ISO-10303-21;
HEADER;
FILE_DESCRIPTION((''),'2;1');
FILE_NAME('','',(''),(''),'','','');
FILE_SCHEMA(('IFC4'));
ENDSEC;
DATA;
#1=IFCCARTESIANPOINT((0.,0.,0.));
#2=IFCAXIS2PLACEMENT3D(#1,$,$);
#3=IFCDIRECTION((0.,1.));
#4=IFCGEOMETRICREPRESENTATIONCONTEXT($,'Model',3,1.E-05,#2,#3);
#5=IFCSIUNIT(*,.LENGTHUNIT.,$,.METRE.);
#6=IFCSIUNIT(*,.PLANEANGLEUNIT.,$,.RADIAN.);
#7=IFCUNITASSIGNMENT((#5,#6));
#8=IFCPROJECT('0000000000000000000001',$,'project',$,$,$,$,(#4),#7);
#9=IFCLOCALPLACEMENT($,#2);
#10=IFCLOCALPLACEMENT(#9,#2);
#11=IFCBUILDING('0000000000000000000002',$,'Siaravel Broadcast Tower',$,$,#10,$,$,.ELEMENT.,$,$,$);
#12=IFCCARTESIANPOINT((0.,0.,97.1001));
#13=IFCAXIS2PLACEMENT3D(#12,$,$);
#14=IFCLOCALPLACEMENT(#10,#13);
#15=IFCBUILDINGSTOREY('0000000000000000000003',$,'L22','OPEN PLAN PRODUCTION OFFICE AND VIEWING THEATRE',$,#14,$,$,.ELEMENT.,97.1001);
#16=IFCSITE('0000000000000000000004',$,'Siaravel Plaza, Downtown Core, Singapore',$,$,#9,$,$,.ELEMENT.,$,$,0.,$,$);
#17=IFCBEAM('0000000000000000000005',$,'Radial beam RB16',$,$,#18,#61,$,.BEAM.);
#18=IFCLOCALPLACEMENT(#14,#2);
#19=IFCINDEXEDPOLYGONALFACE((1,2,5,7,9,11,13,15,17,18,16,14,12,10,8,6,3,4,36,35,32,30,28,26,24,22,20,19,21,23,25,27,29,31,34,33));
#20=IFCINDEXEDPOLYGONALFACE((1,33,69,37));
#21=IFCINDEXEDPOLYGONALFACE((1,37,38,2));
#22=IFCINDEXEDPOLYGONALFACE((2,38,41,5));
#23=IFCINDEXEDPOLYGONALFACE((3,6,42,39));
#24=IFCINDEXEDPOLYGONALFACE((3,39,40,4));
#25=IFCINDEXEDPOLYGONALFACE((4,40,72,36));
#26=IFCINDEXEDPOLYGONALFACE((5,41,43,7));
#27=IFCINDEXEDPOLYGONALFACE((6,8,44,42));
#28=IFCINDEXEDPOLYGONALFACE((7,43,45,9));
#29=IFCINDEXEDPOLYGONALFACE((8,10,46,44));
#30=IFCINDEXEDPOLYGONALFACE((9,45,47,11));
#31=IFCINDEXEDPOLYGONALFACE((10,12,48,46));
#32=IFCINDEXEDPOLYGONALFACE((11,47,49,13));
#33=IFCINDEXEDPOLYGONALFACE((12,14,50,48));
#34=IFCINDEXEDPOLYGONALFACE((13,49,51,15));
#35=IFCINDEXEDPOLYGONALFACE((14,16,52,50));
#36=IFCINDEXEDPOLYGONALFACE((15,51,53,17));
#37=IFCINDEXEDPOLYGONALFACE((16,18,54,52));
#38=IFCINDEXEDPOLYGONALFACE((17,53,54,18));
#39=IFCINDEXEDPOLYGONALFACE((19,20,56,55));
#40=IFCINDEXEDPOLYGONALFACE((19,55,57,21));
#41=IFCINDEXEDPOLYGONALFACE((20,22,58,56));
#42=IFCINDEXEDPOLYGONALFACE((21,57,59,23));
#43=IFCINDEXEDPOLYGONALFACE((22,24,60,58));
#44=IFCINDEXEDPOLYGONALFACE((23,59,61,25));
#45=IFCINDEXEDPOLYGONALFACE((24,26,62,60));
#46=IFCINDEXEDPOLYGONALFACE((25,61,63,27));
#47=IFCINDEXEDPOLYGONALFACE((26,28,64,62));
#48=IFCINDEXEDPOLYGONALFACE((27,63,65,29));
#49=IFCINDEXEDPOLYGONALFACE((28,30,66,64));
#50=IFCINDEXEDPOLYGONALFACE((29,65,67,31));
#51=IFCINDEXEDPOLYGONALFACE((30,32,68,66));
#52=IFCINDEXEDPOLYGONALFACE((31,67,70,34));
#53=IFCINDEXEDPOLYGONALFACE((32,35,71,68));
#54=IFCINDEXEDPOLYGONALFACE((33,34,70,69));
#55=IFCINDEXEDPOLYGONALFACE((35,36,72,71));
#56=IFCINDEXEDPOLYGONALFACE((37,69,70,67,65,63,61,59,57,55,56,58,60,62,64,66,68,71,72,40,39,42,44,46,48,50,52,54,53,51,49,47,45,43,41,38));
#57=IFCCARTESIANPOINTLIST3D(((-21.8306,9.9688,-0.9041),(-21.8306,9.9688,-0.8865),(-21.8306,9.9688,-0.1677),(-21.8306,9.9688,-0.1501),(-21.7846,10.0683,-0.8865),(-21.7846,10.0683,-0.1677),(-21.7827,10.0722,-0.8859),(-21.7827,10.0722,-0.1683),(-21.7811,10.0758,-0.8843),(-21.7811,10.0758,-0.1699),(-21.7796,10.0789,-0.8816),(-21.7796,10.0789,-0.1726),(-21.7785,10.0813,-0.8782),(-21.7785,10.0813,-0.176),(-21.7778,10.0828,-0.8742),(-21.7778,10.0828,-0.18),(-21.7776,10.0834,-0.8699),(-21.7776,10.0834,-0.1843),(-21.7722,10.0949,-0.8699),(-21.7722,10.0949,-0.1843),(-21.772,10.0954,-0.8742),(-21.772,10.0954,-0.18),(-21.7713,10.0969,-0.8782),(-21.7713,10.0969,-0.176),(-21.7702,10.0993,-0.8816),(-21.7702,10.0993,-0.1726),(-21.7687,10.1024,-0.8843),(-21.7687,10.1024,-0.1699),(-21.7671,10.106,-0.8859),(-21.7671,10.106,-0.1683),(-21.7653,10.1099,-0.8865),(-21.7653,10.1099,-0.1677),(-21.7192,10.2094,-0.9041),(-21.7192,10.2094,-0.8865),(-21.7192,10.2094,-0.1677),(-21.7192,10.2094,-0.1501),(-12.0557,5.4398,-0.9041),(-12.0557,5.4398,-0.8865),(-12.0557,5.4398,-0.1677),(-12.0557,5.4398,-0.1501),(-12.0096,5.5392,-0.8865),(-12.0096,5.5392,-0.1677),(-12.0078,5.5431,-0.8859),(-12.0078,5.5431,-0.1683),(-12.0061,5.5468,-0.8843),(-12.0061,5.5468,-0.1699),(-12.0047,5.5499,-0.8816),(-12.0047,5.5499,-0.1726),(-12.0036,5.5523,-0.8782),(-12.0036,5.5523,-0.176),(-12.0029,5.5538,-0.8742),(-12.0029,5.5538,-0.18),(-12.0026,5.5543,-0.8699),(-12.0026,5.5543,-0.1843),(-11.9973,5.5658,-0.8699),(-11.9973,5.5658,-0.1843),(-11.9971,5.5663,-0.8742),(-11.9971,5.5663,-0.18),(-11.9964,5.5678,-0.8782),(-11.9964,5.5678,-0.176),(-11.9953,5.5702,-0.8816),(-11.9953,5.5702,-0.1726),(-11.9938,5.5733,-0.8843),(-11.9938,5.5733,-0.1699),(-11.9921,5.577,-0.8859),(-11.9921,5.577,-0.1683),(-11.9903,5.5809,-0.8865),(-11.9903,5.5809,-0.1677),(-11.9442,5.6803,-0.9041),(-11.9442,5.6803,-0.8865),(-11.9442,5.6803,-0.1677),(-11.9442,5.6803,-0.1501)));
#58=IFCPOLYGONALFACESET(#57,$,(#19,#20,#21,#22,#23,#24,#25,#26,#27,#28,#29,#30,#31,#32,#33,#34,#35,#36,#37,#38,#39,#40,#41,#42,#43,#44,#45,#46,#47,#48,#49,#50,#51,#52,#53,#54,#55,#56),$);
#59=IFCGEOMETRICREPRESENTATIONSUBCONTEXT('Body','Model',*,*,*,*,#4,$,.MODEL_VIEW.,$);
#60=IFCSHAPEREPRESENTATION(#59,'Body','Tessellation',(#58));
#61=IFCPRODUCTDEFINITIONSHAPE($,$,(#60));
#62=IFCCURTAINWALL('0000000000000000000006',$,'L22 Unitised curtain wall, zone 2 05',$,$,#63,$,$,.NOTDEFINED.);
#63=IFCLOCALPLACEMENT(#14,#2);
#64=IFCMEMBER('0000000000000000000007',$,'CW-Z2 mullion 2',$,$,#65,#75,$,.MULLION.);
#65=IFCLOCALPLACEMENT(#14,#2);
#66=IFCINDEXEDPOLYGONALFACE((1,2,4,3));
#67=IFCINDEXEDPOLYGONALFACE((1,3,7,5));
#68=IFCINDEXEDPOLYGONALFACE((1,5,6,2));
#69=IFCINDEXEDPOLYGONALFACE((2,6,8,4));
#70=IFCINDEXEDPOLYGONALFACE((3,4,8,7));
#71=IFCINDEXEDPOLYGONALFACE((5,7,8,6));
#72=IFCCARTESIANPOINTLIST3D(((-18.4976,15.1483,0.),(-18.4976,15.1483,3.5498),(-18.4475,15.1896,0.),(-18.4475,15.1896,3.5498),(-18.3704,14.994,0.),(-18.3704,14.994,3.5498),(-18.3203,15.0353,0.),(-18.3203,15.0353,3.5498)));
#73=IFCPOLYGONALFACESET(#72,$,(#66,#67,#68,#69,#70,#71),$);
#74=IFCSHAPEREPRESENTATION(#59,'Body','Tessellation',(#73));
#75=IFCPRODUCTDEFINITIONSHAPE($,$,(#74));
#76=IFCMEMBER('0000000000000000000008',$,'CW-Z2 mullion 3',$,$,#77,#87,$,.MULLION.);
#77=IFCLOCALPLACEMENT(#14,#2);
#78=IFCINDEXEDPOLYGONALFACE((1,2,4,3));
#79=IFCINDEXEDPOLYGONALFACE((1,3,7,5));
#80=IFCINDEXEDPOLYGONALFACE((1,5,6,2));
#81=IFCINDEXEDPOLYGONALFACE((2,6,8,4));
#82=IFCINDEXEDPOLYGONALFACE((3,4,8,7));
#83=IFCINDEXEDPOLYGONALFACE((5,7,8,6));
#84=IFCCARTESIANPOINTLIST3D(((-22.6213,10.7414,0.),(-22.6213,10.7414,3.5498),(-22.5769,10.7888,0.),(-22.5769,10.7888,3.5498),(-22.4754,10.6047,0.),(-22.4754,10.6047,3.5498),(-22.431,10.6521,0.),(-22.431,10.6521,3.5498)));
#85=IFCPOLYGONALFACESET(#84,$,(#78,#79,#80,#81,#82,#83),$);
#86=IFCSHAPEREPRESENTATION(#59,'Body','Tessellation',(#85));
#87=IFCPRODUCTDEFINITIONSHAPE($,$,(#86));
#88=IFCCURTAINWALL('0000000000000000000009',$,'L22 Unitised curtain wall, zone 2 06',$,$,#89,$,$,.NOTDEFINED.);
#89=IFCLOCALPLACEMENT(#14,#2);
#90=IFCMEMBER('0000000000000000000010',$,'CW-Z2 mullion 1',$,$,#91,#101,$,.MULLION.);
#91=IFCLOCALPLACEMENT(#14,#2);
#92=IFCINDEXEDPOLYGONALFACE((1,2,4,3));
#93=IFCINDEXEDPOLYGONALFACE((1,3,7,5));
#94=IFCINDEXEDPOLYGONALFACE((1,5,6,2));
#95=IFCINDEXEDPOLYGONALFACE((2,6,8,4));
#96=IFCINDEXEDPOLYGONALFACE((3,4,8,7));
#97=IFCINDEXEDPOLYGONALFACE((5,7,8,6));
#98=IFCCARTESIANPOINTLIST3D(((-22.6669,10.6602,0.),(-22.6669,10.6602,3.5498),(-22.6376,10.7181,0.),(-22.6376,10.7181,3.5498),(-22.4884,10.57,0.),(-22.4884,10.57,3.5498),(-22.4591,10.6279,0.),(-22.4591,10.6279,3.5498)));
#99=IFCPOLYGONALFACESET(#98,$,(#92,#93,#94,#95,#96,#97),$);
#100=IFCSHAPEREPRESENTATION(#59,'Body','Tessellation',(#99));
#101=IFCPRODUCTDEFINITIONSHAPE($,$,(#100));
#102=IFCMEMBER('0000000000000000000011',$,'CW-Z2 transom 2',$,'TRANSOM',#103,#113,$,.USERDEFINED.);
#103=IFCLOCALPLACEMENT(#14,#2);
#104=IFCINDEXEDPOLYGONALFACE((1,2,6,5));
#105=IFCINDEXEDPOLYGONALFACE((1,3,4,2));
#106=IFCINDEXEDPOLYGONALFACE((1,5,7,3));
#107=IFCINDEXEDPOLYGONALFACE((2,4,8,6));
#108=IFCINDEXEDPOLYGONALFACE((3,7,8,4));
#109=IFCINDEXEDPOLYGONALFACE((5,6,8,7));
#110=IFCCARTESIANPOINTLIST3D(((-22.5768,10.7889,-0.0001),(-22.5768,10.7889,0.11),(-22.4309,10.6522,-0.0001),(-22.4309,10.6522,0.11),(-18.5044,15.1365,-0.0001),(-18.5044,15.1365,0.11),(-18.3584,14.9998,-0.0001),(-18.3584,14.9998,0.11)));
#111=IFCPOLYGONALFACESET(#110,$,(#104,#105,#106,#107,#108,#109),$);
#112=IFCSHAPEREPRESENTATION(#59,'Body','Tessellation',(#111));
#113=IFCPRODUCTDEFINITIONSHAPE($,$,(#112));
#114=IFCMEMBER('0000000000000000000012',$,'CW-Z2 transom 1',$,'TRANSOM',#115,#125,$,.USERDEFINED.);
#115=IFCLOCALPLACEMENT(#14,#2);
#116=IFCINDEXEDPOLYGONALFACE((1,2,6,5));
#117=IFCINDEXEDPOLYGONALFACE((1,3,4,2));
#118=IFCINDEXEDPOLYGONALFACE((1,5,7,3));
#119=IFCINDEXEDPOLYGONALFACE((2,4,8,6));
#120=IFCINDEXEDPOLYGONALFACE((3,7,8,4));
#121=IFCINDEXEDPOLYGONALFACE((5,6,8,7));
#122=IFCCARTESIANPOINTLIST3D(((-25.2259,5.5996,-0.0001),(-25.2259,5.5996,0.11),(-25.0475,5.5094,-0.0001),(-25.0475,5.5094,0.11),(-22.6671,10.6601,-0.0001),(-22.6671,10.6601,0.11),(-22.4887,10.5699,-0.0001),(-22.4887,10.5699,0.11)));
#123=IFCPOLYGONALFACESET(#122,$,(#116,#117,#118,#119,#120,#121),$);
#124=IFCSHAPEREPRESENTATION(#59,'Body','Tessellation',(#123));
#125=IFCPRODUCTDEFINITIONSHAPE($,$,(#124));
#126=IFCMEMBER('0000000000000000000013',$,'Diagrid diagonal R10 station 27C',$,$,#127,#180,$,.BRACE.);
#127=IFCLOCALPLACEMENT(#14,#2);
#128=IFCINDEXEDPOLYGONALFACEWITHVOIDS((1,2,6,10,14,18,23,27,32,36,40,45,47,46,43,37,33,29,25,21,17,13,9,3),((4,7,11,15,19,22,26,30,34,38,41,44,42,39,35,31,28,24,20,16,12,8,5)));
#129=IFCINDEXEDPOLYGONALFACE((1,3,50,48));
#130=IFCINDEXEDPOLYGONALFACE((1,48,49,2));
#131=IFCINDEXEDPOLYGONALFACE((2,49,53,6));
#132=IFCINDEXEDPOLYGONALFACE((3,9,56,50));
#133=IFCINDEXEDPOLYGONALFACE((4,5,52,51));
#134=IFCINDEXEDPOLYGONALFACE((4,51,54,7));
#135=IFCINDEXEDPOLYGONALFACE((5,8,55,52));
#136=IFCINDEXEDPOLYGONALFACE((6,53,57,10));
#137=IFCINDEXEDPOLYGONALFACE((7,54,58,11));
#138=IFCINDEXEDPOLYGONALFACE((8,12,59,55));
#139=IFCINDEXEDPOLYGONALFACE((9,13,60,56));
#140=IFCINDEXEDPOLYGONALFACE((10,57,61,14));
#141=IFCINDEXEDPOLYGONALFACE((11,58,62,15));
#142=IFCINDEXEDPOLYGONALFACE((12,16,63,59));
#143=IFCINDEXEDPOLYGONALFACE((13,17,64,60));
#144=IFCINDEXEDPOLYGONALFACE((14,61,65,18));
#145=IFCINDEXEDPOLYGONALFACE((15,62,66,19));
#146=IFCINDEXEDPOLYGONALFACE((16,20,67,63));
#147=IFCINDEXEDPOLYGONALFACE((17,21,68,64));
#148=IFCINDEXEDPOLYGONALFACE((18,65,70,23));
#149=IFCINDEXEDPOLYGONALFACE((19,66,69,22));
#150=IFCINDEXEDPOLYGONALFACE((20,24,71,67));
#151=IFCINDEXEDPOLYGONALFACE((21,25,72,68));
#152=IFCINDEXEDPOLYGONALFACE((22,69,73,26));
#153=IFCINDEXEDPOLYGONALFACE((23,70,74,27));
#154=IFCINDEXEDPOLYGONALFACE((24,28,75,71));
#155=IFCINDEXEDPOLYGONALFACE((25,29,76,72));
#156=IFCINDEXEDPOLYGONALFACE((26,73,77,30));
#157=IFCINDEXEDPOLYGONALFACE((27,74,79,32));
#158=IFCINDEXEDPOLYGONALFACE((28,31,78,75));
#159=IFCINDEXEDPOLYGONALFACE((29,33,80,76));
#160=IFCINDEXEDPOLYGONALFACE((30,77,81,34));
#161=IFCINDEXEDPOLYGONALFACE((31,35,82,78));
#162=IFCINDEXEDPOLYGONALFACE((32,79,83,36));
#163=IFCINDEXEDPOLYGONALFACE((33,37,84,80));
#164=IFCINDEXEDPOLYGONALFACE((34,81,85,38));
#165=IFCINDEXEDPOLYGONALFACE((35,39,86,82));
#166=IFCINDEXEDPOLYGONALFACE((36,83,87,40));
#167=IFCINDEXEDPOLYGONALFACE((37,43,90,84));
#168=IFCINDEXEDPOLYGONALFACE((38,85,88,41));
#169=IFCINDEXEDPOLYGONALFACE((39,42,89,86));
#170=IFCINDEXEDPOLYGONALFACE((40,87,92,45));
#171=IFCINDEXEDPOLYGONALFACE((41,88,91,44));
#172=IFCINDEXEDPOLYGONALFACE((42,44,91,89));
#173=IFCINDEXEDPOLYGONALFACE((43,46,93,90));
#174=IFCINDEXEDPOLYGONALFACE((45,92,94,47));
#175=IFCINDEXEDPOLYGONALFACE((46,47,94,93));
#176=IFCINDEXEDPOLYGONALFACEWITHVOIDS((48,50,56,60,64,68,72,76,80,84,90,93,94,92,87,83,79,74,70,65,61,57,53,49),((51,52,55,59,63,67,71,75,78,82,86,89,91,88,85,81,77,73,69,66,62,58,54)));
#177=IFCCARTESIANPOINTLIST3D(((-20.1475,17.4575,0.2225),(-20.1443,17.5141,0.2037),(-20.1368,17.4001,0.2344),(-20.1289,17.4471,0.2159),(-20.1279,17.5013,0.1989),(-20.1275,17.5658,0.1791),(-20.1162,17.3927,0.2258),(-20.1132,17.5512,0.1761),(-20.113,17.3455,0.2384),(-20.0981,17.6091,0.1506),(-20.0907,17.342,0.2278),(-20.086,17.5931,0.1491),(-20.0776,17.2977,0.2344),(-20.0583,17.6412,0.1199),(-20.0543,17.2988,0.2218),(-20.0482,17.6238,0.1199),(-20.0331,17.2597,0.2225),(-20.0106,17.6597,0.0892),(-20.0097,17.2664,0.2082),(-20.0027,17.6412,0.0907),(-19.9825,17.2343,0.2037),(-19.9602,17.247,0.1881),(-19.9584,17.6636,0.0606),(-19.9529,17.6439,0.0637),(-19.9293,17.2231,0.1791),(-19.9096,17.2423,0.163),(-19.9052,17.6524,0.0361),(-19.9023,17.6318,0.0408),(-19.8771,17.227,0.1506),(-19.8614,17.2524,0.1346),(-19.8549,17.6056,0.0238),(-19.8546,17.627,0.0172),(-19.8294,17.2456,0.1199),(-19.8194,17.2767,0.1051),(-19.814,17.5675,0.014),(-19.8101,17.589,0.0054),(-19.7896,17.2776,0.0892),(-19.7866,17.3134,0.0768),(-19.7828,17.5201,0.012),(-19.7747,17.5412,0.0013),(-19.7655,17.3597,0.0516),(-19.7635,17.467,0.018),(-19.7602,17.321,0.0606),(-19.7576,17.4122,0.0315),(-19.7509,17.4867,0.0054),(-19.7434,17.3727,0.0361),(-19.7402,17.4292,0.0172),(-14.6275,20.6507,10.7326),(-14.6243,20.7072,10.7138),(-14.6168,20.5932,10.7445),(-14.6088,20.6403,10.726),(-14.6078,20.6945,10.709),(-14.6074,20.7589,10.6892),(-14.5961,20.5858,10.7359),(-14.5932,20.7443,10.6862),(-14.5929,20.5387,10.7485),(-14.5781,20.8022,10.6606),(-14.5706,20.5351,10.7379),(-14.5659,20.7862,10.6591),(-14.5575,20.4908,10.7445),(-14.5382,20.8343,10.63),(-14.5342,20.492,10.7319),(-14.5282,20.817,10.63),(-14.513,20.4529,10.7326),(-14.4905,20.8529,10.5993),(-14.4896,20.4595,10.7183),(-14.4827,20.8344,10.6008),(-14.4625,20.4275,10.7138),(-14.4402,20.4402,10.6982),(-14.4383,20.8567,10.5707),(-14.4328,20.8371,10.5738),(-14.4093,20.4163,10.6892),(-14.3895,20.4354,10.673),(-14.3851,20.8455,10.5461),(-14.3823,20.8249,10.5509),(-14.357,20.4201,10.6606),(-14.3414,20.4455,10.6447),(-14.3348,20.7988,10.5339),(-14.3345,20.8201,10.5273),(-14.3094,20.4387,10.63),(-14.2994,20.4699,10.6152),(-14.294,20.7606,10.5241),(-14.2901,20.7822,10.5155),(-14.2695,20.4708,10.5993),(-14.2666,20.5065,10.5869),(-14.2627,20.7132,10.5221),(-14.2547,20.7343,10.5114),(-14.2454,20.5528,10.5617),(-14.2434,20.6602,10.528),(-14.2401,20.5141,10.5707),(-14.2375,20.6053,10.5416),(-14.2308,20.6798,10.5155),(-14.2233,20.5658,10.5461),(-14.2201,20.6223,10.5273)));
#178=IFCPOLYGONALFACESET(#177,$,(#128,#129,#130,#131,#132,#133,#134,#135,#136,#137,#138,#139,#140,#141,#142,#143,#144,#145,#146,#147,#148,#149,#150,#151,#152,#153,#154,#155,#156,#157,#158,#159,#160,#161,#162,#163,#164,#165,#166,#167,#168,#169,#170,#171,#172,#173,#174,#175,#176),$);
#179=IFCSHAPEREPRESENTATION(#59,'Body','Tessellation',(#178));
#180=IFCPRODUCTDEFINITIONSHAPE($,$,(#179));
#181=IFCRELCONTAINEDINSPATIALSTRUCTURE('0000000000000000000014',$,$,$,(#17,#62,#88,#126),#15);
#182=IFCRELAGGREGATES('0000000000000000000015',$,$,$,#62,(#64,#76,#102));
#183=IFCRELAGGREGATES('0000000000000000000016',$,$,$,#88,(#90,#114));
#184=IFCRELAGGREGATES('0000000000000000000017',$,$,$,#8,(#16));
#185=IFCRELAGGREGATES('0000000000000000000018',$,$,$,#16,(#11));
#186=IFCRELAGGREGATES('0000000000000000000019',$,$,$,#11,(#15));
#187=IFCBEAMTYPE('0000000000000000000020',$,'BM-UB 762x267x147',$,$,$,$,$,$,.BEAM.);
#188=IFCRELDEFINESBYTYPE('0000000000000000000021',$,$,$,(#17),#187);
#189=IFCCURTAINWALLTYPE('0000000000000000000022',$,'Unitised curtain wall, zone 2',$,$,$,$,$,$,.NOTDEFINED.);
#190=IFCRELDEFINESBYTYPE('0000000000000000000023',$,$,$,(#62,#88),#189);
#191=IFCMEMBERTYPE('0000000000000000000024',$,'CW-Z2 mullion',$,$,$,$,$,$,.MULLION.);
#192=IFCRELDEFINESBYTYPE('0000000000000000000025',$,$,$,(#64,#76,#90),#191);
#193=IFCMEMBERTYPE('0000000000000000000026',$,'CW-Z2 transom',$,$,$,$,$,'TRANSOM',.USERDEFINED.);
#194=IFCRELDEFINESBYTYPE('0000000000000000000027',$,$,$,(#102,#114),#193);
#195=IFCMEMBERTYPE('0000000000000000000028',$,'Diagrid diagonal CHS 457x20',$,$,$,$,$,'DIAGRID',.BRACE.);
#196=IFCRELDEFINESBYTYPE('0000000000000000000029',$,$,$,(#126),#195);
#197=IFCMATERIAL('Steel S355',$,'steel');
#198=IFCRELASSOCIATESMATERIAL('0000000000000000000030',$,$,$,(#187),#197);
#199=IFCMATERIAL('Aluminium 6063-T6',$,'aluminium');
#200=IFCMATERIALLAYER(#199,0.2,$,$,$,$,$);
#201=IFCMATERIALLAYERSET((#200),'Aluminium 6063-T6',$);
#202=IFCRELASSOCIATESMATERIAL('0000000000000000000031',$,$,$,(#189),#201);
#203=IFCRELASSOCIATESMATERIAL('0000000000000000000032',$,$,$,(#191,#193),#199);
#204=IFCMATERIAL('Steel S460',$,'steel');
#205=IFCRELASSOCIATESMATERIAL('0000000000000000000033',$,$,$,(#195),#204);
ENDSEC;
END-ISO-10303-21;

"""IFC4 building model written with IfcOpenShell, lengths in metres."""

from ifc_helpers import new_model, si_unit, direction, frame, origin, origin_2d, place, context, subcontext, project, spatial, rectangle, hollow_circle, i_section, extrude, material, layer, layer_set, material_profile, profile_set, type_object, element, aggregate, save


model = new_model("IFC4")

# Units and contexts
model_context = context("Model", 3, precision=1e-05, world=origin(), true_north=direction((0.0, 1.0)))
body_context = subcontext(model_context, "Body", "Model", "MODEL_VIEW")
ifc_project = project(units=[si_unit("LENGTHUNIT", "METRE"), si_unit("PLANEANGLEUNIT", "RADIAN")], contexts=[model_context])

# Site, building, storey
site_placement = place(None, origin())
site = spatial("IfcSite", under=ifc_project, at=site_placement, Name="Siaravel Plaza, Downtown Core, Singapore", CompositionType="ELEMENT", RefElevation=0.0)
building_placement = place(site_placement, origin())
building = spatial("IfcBuilding", under=site, at=building_placement, Name="Siaravel Broadcast Tower", CompositionType="ELEMENT")
storey_placement = place(building_placement, frame((0.0, 0.0, 97.1001)))
storey = spatial("IfcBuildingStorey", under=building, at=storey_placement, Name="L22", Description="OPEN PLAN PRODUCTION OFFICE AND VIEWING THEATRE", CompositionType="ELEMENT", Elevation=97.1001)

# Beam
ifc_material_1 = material(Name="Steel S355", Category="steel")
ifc_material_profile_1 = material_profile(ifc_material_1, i_section(OverallWidth=0.2651, OverallDepth=0.7539, WebThickness=0.0127, FlangeThickness=0.0176, FilletRadius=0.0166, at=origin_2d()))
ifc_profile_set_1 = profile_set([ifc_material_profile_1], Name="Steel S355")
beam_type = type_object("IfcBeamType", Name="BM-UB 762x267x147", PredefinedType="BEAM", material=ifc_profile_set_1)
beam_1_placement = place(storey_placement, frame((-21.7749, 10.0891, -0.5271), z_axis=(0.907338, -0.420401, 0.0), x_axis=(0.420401, 0.907338, 0.0)))
element("IfcBeam", 1, at=beam_1_placement, inside=storey, type_object=beam_type, Name="Radial beam RB16", PredefinedType="BEAM", context=body_context, shape_type="SweptSolid", body=[
    extrude(i_section(OverallWidth=0.2651, OverallDepth=0.7539, WebThickness=0.0127, FlangeThickness=0.0176, FilletRadius=0.0166, at=origin_2d()), origin(), (0.0, 0.0, 1.0), 10.7732),
])

# Curtain wall, members
ifc_material_2 = material(Name="Aluminium 6063-T6", Category="aluminium")
ifc_layer_1 = layer(ifc_material_2, 0.2)
ifc_layer_set_1 = layer_set([ifc_layer_1], Name="Aluminium 6063-T6")
curtain_wall_type = type_object("IfcCurtainWallType", Name="Unitised curtain wall, zone 2", PredefinedType="NOTDEFINED", material=ifc_layer_set_1)
curtain_wall_1_placement = place(storey_placement, origin())
curtain_wall_1 = element("IfcCurtainWall", 2, at=curtain_wall_1_placement, inside=storey, type_object=curtain_wall_type, Name="L22 Unitised curtain wall, zone 2 05", PredefinedType="NOTDEFINED")
ifc_material_profile_2 = material_profile(ifc_material_2, rectangle(XDim=0.2, YDim=0.0649, at=origin_2d()))
ifc_profile_set_2 = profile_set([ifc_material_profile_2], Name="Aluminium 6063-T6")
member_type_1 = type_object("IfcMemberType", Name="CW-Z2 mullion", PredefinedType="MULLION", material=ifc_profile_set_2)
member_1_placement = place(storey_placement, frame((-18.4089, 15.0918, 0.0), z_axis=(0.0, 0.0, 1.0), x_axis=(0.636218, -0.771509, 0.0)))
member_1 = element("IfcMember", 3, at=member_1_placement, type_object=member_type_1, Name="CW-Z2 mullion 2", PredefinedType="MULLION", context=body_context, shape_type="SweptSolid", body=[
    extrude(rectangle(XDim=0.2, YDim=0.0649, at=origin_2d()), origin(), (0.0, 0.0, 1.0), 3.5498),
])
member_2_placement = place(storey_placement, frame((-22.5261, 10.6968, 0.0), z_axis=(0.0, 0.0, 1.0), x_axis=(0.729805, -0.683656, 0.0)))
member_2 = element("IfcMember", 4, at=member_2_placement, type_object=member_type_1, Name="CW-Z2 mullion 3", PredefinedType="MULLION", context=body_context, shape_type="SweptSolid", body=[
    extrude(rectangle(XDim=0.2, YDim=0.0649, at=origin_2d()), origin(), (0.0, 0.0, 1.0), 3.5498),
])

# Curtain wall, member
curtain_wall_2_placement = place(storey_placement, origin())
curtain_wall_2 = element("IfcCurtainWall", 5, at=curtain_wall_2_placement, inside=storey, type_object=curtain_wall_type, Name="L22 Unitised curtain wall, zone 2 06", PredefinedType="NOTDEFINED")
member_3_placement = place(storey_placement, frame((-22.563, 10.644, 0.0), z_axis=(0.0, 0.0, 1.0), x_axis=(0.892392, -0.451261, 0.0)))
member_3 = element("IfcMember", 6, at=member_3_placement, type_object=member_type_1, Name="CW-Z2 mullion 1", PredefinedType="MULLION", context=body_context, shape_type="SweptSolid", body=[
    extrude(rectangle(XDim=0.2, YDim=0.0649, at=origin_2d()), origin(), (0.0, 0.0, 1.0), 3.5498),
])

# Members
ifc_material_profile_3 = material_profile(ifc_material_2, rectangle(XDim=0.2, YDim=0.1101, at=origin_2d()))
ifc_profile_set_3 = profile_set([ifc_material_profile_3], Name="Aluminium 6063-T6")
member_type_2 = type_object("IfcMemberType", Name="CW-Z2 transom", ElementType="TRANSOM", PredefinedType="USERDEFINED", material=ifc_profile_set_3)
member_4_placement = place(storey_placement, frame((-18.4314, 15.0681, 0.0549), z_axis=(-0.683636, -0.729823, 0.0), x_axis=(0.729823, -0.683636, 0.0)))
member_4 = element("IfcMember", 7, at=member_4_placement, type_object=member_type_2, Name="CW-Z2 transom 2", ObjectType="TRANSOM", PredefinedType="USERDEFINED", context=body_context, shape_type="SweptSolid", body=[
    extrude(rectangle(XDim=0.2, YDim=0.1101, at=origin_2d()), origin(), (0.0, 0.0, 1.0), 5.957),
])
member_5_placement = place(storey_placement, frame((-22.5779, 10.615, 0.0549), z_axis=(-0.451239, -0.892403, 0.0), x_axis=(0.892403, -0.451239, 0.0)))
member_5 = element("IfcMember", 8, at=member_5_placement, type_object=member_type_2, Name="CW-Z2 transom 1", ObjectType="TRANSOM", PredefinedType="USERDEFINED", context=body_context, shape_type="SweptSolid", body=[
    extrude(rectangle(XDim=0.2, YDim=0.1101, at=origin_2d()), origin(), (0.0, 0.0, 1.0), 5.6707),
])

# Member
ifc_material_3 = material(Name="Steel S460", Category="steel")
ifc_material_profile_4 = material_profile(ifc_material_3, hollow_circle(Radius=0.2285, WallThickness=0.02, at=origin_2d()))
ifc_profile_set_4 = profile_set([ifc_material_profile_4], Name="Steel S460")
member_type_3 = type_object("IfcMemberType", Name="Diagrid diagonal CHS 457x20", ElementType="DIAGRID", PredefinedType="BRACE", material=ifc_profile_set_4)
member_6_placement = place(storey_placement, frame((-19.9438, 17.4434, 0.1199), z_axis=(0.449024, 0.259743, 0.854933), x_axis=(-0.500721, 0.865609, 0.0)))
element("IfcMember", 9, at=member_6_placement, inside=storey, type_object=member_type_3, Name="Diagrid diagonal R10 station 27C", PredefinedType="BRACE", context=body_context, shape_type="SweptSolid", body=[
    extrude(hollow_circle(Radius=0.2285, WallThickness=0.02, at=origin_2d()), origin(), (0.0, 0.0, 1.0), 12.2935),
])

aggregate(curtain_wall_1, [member_1, member_2, member_4])
aggregate(curtain_wall_2, [member_3, member_5])

save(model, "model.ifc")
